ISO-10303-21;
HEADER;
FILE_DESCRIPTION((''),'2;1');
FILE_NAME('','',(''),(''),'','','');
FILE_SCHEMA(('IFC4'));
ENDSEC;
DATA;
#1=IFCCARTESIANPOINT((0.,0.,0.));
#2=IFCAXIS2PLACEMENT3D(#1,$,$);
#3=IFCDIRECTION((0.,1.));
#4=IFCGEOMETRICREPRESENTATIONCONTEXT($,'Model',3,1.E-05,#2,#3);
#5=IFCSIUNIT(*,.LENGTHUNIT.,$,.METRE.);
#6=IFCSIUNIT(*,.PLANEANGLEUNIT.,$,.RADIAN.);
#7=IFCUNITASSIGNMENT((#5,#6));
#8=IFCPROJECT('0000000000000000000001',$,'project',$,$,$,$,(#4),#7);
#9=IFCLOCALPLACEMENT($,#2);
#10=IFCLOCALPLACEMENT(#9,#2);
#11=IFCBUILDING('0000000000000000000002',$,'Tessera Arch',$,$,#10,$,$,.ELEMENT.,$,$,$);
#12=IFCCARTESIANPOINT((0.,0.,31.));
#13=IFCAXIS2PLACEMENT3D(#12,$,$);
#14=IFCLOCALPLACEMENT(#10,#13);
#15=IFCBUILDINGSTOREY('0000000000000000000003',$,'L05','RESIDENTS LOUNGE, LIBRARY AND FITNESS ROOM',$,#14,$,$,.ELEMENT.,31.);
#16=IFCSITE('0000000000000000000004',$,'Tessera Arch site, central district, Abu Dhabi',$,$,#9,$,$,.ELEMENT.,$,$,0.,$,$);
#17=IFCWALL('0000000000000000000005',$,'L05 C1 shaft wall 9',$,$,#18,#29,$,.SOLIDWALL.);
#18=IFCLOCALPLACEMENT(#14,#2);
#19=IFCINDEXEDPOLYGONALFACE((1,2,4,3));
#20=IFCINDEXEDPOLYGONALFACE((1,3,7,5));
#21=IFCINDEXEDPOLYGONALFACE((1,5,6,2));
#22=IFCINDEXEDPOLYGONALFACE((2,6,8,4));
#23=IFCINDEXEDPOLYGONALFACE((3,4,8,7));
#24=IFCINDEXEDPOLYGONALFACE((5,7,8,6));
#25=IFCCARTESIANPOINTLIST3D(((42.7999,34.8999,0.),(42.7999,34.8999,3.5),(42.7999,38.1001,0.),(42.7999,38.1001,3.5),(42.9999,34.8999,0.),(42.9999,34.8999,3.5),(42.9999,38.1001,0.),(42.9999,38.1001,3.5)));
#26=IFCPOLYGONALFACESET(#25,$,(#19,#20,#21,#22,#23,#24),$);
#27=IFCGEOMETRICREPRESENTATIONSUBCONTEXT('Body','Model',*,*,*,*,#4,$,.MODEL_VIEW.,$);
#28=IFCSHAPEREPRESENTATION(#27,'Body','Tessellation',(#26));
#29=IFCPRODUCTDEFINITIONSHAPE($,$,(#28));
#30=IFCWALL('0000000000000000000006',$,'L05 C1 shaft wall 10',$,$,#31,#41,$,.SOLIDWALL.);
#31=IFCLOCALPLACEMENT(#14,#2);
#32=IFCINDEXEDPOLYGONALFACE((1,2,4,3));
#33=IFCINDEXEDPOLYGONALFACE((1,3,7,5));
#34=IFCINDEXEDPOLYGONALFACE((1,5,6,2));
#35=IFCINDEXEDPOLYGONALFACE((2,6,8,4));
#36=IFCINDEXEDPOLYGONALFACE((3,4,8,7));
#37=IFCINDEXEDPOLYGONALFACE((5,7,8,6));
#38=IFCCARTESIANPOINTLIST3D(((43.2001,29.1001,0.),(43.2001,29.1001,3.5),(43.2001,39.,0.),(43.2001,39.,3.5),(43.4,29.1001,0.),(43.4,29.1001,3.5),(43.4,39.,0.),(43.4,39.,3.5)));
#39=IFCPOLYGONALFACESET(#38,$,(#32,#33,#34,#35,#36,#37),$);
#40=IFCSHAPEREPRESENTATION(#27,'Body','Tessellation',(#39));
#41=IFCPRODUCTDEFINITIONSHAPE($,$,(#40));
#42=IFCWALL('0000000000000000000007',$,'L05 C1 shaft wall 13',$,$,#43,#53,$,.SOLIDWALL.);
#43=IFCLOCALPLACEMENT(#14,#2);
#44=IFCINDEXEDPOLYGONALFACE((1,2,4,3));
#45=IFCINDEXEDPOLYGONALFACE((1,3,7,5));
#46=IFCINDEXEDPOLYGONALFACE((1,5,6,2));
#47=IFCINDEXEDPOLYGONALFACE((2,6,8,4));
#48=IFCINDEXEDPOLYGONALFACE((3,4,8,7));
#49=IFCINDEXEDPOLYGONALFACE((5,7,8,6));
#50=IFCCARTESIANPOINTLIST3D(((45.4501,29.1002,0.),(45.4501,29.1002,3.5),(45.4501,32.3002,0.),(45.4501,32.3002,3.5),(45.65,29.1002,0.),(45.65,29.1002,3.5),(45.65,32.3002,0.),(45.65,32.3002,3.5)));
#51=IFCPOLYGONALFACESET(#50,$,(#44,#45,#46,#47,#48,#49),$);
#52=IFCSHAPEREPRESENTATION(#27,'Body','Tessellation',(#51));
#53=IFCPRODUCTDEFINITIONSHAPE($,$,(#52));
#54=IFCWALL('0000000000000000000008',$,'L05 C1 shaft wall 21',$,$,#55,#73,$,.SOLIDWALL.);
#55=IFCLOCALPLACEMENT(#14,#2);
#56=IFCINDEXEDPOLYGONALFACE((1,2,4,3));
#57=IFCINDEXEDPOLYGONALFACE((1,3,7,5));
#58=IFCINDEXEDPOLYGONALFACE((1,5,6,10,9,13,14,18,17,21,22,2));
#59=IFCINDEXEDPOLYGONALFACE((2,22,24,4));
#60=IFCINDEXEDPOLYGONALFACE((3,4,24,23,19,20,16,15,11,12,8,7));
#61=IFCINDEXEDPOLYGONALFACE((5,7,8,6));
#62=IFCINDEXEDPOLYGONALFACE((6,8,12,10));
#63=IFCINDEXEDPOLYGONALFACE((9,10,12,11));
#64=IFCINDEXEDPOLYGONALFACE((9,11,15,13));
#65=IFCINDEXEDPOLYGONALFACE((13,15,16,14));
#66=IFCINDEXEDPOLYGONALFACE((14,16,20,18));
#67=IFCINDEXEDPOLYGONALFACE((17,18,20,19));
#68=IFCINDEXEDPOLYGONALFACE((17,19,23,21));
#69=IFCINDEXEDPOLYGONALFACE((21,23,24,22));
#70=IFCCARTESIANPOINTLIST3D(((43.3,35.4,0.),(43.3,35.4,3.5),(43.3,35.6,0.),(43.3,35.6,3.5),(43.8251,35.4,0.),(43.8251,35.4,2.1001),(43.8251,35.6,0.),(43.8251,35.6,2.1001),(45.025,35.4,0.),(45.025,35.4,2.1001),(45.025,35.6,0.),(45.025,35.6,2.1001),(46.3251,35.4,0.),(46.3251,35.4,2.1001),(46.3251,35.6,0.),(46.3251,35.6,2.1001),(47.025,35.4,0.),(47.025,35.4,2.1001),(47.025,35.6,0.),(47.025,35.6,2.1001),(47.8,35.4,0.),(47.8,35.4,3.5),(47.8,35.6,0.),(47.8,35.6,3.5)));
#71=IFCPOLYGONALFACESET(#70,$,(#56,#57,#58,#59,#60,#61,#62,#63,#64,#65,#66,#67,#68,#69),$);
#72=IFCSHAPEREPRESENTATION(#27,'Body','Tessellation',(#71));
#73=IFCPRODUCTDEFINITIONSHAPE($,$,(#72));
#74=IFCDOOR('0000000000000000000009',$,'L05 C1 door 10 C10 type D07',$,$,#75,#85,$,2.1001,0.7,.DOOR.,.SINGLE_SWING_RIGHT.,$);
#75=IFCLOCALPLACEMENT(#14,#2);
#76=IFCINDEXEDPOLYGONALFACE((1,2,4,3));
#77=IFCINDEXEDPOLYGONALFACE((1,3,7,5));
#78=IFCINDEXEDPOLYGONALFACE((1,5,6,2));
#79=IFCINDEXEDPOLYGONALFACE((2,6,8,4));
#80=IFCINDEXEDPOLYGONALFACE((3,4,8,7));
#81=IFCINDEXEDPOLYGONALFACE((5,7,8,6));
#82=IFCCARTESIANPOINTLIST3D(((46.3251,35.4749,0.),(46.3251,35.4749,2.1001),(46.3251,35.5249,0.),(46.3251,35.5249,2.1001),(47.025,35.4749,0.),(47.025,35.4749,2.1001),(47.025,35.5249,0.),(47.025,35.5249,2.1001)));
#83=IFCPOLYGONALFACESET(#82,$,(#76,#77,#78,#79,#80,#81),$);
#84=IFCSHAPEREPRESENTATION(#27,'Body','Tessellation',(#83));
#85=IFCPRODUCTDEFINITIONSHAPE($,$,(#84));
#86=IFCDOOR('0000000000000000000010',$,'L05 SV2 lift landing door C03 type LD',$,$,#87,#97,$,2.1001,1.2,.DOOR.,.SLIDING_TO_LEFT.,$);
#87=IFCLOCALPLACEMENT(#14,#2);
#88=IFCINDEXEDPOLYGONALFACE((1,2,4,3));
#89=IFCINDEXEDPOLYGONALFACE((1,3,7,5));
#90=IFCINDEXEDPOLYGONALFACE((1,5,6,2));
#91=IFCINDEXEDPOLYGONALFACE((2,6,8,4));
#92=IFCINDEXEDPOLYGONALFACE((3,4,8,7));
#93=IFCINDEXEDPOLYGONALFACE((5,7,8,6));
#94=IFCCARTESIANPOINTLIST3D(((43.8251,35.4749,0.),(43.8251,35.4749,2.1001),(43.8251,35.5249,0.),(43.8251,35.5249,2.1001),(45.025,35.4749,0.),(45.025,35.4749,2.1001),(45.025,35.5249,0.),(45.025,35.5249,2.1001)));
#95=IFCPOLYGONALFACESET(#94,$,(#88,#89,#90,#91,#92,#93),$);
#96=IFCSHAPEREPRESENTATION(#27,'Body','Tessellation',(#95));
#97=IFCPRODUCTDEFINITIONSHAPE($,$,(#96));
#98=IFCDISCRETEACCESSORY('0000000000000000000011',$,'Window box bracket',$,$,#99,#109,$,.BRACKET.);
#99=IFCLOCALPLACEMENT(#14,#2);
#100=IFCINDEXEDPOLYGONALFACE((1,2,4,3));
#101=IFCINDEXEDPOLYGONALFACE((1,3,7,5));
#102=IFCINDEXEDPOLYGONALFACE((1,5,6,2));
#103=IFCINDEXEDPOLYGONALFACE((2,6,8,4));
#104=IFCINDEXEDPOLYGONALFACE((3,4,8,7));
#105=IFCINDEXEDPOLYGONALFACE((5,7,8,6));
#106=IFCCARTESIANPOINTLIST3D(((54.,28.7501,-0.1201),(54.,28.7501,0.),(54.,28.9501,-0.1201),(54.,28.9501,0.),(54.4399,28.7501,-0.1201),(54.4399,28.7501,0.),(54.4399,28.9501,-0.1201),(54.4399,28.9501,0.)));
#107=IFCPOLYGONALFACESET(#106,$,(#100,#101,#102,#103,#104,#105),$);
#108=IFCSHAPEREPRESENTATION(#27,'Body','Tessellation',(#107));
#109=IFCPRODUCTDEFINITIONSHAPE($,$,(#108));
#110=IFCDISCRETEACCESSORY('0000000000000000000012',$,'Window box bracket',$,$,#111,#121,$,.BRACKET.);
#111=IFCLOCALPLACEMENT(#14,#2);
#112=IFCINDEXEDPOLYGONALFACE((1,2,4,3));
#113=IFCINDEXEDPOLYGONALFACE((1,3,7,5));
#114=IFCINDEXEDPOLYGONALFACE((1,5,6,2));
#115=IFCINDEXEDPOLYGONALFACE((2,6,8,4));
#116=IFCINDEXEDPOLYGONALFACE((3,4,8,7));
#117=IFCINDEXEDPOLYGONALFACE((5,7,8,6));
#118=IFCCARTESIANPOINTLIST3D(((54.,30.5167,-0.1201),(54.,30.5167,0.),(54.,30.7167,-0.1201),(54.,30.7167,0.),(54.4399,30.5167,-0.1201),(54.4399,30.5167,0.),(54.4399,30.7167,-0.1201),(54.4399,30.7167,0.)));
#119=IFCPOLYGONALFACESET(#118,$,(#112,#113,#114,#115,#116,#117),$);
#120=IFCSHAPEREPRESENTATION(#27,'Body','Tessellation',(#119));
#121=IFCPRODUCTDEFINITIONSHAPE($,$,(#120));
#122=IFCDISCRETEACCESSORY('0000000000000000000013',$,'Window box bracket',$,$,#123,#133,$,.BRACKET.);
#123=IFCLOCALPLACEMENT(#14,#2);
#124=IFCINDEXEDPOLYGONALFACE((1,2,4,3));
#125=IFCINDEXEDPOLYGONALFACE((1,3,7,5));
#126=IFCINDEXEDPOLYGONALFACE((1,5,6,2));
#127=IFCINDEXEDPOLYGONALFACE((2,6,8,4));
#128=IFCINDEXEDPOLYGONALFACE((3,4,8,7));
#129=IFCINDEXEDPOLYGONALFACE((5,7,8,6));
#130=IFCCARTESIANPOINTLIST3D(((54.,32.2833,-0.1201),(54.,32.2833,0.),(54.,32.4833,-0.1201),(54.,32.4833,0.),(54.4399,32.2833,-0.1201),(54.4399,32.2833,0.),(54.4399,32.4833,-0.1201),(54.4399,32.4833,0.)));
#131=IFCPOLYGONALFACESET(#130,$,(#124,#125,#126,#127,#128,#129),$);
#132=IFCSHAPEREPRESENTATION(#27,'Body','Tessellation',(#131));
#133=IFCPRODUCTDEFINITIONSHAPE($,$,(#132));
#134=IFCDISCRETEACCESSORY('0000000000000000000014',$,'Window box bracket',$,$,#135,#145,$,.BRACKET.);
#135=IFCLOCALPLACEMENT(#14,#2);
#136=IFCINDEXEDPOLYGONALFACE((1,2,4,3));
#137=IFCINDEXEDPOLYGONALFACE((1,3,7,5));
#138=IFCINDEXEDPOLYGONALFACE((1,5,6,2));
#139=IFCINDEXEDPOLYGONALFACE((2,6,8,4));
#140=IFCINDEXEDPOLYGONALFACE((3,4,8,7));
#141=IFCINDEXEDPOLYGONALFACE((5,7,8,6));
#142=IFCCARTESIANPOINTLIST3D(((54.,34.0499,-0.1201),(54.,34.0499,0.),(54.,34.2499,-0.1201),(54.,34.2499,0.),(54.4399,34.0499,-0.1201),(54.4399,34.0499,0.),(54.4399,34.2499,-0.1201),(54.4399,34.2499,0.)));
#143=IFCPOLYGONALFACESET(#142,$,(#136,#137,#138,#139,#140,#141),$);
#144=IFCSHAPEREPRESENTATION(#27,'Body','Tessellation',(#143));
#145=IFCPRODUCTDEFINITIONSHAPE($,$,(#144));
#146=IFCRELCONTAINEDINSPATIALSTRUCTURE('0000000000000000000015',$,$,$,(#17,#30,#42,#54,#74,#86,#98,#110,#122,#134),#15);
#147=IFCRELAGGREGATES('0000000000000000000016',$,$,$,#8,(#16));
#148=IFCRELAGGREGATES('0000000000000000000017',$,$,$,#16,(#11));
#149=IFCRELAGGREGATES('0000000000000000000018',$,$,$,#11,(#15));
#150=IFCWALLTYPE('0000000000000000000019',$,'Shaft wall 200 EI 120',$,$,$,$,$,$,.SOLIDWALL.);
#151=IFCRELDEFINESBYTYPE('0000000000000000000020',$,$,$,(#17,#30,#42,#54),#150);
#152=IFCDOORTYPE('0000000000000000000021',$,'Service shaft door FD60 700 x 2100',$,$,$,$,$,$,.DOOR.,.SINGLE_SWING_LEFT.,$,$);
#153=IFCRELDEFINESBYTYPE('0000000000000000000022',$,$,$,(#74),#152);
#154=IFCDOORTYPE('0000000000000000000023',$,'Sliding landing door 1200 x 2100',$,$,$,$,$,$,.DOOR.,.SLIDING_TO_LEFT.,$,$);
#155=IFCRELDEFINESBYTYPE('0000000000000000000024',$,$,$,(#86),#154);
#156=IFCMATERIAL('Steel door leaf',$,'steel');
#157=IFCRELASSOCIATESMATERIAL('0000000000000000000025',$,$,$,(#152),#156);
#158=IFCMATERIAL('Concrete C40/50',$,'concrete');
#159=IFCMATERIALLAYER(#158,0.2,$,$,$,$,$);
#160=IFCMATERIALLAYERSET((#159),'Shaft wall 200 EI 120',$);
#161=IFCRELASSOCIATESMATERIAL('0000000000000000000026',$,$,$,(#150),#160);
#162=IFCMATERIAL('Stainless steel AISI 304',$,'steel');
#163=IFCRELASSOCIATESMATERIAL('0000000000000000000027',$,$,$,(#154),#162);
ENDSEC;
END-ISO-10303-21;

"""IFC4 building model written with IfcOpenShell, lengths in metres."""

from ifc_helpers import new_model, si_unit, direction, frame, frame_2d, origin, origin_2d, place, context, subcontext, project, spatial, rectangle, extrude, material, layer, layer_set, type_object, element, fill, save


model = new_model("IFC4")

# Units and contexts
model_context = context("Model", 3, precision=1e-05, world=origin(), true_north=direction((0.0, 1.0)))
body_context = subcontext(model_context, "Body", "Model", "MODEL_VIEW")
ifc_project = project(units=[si_unit("LENGTHUNIT", "METRE"), si_unit("PLANEANGLEUNIT", "RADIAN")], contexts=[model_context])

# Site, building, storey
site_placement = place(None, origin())
site = spatial("IfcSite", under=ifc_project, at=site_placement, Name="Tessera Arch site, central district, Abu Dhabi", CompositionType="ELEMENT", RefElevation=0.0)
building_placement = place(site_placement, origin())
building = spatial("IfcBuilding", under=site, at=building_placement, Name="Tessera Arch", CompositionType="ELEMENT")
storey_placement = place(building_placement, frame((0.0, 0.0, 31.0)))
storey = spatial("IfcBuildingStorey", under=building, at=storey_placement, Name="L05", Description="RESIDENTS LOUNGE, LIBRARY AND FITNESS ROOM", CompositionType="ELEMENT", Elevation=31.0)

# Shared definitions
ifc_material_1 = material(Name="Steel door leaf", Category="steel")
door_type_1 = type_object("IfcDoorType", Name="Service shaft door FD60 700 x 2100", OperationType="SINGLE_SWING_LEFT", PredefinedType="DOOR", material=ifc_material_1)

# Walls
ifc_material_2 = material(Name="Concrete C40/50", Category="concrete")
ifc_layer_1 = layer(ifc_material_2, 0.2)
ifc_layer_set_1 = layer_set([ifc_layer_1], Name="Shaft wall 200 EI 120")
wall_type_1 = type_object("IfcWallType", Name="Shaft wall 200 EI 120", PredefinedType="SOLIDWALL", material=ifc_layer_set_1)
wall_1_placement = place(storey_placement, frame((42.8999, 34.8999, 0.0), z_axis=(0.0, 0.0, 1.0), x_axis=(0.0, 1.0, 0.0)))
element("IfcWall", 1, at=wall_1_placement, inside=storey, type_object=wall_type_1, Name="L05 C1 shaft wall 9", PredefinedType="SOLIDWALL", context=body_context, shape_type="SweptSolid", body=[
    extrude(rectangle(XDim=3.2002, YDim=0.2, at=frame_2d((1.6001, 0.0))), origin(), (0.0, 0.0, 1.0), 3.5),
])
wall_2_placement = place(storey_placement, frame((43.3, 29.1001, 0.0), z_axis=(0.0, 0.0, 1.0), x_axis=(0.0, 1.0, 0.0)))
element("IfcWall", 2, at=wall_2_placement, inside=storey, type_object=wall_type_1, Name="L05 C1 shaft wall 10", PredefinedType="SOLIDWALL", context=body_context, shape_type="SweptSolid", body=[
    extrude(rectangle(XDim=9.8999, YDim=0.2, at=frame_2d((4.95, 0.0))), origin(), (0.0, 0.0, 1.0), 3.5),
])
wall_3_placement = place(storey_placement, frame((45.55, 29.1001, 0.0), z_axis=(0.0, 0.0, 1.0), x_axis=(0.0, 1.0, 0.0)))
element("IfcWall", 3, at=wall_3_placement, inside=storey, type_object=wall_type_1, Name="L05 C1 shaft wall 13", PredefinedType="SOLIDWALL", context=body_context, shape_type="SweptSolid", body=[
    extrude(rectangle(XDim=3.2, YDim=0.2, at=frame_2d((1.6001, 0.0))), origin(), (0.0, 0.0, 1.0), 3.5),
])

# Wall, openings, doors
wall_4_placement = place(storey_placement, frame((43.3, 35.5, 0.0), z_axis=(0.0, 0.0, 1.0), x_axis=(1.0, 0.0, 0.0)))
wall_4 = element("IfcWall", 4, at=wall_4_placement, inside=storey, type_object=wall_type_1, Name="L05 C1 shaft wall 21", PredefinedType="SOLIDWALL", context=body_context, shape_type="SweptSolid", body=[
    extrude(rectangle(XDim=4.5, YDim=0.2, at=frame_2d((2.25, 0.0))), origin(), (0.0, 0.0, 1.0), 3.5),
])
opening_1_placement = place(wall_4_placement, frame((0.5249, 0.0, 0.0)))
opening_1 = element("IfcOpeningElement", 5, at=opening_1_placement, cuts=wall_4, PredefinedType="OPENING", context=body_context, shape_type="SweptSolid", body=[
    extrude(rectangle(XDim=1.2, YDim=2.1001, at=frame_2d((0.6001, 1.05))), frame((0.0, 0.1099, 0.0), z_axis=(0.0, -1.0, 0.0), x_axis=(1.0, 0.0, 0.0)), (0.0, 0.0, 1.0), 0.22),
])
opening_2_placement = place(wall_4_placement, frame((3.0249, 0.0, 0.0)))
opening_2 = element("IfcOpeningElement", 6, at=opening_2_placement, cuts=wall_4, PredefinedType="OPENING", context=body_context, shape_type="SweptSolid", body=[
    extrude(rectangle(XDim=0.7, YDim=2.1001, at=frame_2d((0.3501, 1.05))), frame((0.0, 0.1099, 0.0), z_axis=(0.0, -1.0, 0.0), x_axis=(1.0, 0.0, 0.0)), (0.0, 0.0, 1.0), 0.22),
])
door_1_placement = place(opening_2_placement, origin())
door_1 = element("IfcDoor", 7, at=door_1_placement, inside=storey, type_object=door_type_1, Name="L05 C1 door 10 C10 type D07", OperationType="SINGLE_SWING_RIGHT", OverallHeight=2.1001, OverallWidth=0.7, PredefinedType="DOOR", context=body_context, shape_type="SweptSolid", body=[
    extrude(rectangle(XDim=0.7, YDim=2.1001, at=frame_2d((0.3501, 1.05))), frame((0.0, 0.0249, 0.0), z_axis=(0.0, -1.0, 0.0), x_axis=(1.0, 0.0, 0.0)), (0.0, 0.0, 1.0), 0.05),
])
fill(opening_2, door_1)
ifc_material_3 = material(Name="Stainless steel AISI 304", Category="steel")
door_type_2 = type_object("IfcDoorType", Name="Sliding landing door 1200 x 2100", OperationType="SLIDING_TO_LEFT", PredefinedType="DOOR", material=ifc_material_3)
door_2_placement = place(opening_1_placement, origin())
door_2 = element("IfcDoor", 8, at=door_2_placement, inside=storey, type_object=door_type_2, Name="L05 SV2 lift landing door C03 type LD", OperationType="SLIDING_TO_LEFT", OverallHeight=2.1001, OverallWidth=1.2, PredefinedType="DOOR", context=body_context, shape_type="SweptSolid", body=[
    extrude(rectangle(XDim=1.2, YDim=2.1001, at=frame_2d((0.6001, 1.05))), frame((0.0, 0.0249, 0.0), z_axis=(0.0, -1.0, 0.0), x_axis=(1.0, 0.0, 0.0)), (0.0, 0.0, 1.0), 0.05),
])
fill(opening_1, door_2)

# Discrete accessories
for number, where, z_axis, x_axis, name in (
    (9, (54.22, 28.8501, -0.1201), (0.0, 0.0, 1.0), (1.0, 0.0, 0.0), "Window box bracket"),
    (10, (54.22, 30.6167, -0.1201), (0.0, 0.0, 1.0), (1.0, 0.0, 0.0), "Window box bracket"),
    (11, (54.22, 32.3833, -0.1201), (0.0, 0.0, 1.0), (1.0, 0.0, 0.0), "Window box bracket"),
    (12, (54.22, 34.1499, -0.1201), (0.0, 0.0, 1.0), (1.0, 0.0, 0.0), "Window box bracket"),
):
    element("IfcDiscreteAccessory", number, at=place(storey_placement, frame(where, z_axis=z_axis, x_axis=x_axis)), inside=storey, Name=name, PredefinedType="BRACKET", context=body_context, shape_type="SweptSolid", body=[
        extrude(rectangle(XDim=0.4399, YDim=0.2, at=origin_2d()), origin(), (0.0, 0.0, 1.0), 0.1201),
    ])

save(model, "model.ifc")
